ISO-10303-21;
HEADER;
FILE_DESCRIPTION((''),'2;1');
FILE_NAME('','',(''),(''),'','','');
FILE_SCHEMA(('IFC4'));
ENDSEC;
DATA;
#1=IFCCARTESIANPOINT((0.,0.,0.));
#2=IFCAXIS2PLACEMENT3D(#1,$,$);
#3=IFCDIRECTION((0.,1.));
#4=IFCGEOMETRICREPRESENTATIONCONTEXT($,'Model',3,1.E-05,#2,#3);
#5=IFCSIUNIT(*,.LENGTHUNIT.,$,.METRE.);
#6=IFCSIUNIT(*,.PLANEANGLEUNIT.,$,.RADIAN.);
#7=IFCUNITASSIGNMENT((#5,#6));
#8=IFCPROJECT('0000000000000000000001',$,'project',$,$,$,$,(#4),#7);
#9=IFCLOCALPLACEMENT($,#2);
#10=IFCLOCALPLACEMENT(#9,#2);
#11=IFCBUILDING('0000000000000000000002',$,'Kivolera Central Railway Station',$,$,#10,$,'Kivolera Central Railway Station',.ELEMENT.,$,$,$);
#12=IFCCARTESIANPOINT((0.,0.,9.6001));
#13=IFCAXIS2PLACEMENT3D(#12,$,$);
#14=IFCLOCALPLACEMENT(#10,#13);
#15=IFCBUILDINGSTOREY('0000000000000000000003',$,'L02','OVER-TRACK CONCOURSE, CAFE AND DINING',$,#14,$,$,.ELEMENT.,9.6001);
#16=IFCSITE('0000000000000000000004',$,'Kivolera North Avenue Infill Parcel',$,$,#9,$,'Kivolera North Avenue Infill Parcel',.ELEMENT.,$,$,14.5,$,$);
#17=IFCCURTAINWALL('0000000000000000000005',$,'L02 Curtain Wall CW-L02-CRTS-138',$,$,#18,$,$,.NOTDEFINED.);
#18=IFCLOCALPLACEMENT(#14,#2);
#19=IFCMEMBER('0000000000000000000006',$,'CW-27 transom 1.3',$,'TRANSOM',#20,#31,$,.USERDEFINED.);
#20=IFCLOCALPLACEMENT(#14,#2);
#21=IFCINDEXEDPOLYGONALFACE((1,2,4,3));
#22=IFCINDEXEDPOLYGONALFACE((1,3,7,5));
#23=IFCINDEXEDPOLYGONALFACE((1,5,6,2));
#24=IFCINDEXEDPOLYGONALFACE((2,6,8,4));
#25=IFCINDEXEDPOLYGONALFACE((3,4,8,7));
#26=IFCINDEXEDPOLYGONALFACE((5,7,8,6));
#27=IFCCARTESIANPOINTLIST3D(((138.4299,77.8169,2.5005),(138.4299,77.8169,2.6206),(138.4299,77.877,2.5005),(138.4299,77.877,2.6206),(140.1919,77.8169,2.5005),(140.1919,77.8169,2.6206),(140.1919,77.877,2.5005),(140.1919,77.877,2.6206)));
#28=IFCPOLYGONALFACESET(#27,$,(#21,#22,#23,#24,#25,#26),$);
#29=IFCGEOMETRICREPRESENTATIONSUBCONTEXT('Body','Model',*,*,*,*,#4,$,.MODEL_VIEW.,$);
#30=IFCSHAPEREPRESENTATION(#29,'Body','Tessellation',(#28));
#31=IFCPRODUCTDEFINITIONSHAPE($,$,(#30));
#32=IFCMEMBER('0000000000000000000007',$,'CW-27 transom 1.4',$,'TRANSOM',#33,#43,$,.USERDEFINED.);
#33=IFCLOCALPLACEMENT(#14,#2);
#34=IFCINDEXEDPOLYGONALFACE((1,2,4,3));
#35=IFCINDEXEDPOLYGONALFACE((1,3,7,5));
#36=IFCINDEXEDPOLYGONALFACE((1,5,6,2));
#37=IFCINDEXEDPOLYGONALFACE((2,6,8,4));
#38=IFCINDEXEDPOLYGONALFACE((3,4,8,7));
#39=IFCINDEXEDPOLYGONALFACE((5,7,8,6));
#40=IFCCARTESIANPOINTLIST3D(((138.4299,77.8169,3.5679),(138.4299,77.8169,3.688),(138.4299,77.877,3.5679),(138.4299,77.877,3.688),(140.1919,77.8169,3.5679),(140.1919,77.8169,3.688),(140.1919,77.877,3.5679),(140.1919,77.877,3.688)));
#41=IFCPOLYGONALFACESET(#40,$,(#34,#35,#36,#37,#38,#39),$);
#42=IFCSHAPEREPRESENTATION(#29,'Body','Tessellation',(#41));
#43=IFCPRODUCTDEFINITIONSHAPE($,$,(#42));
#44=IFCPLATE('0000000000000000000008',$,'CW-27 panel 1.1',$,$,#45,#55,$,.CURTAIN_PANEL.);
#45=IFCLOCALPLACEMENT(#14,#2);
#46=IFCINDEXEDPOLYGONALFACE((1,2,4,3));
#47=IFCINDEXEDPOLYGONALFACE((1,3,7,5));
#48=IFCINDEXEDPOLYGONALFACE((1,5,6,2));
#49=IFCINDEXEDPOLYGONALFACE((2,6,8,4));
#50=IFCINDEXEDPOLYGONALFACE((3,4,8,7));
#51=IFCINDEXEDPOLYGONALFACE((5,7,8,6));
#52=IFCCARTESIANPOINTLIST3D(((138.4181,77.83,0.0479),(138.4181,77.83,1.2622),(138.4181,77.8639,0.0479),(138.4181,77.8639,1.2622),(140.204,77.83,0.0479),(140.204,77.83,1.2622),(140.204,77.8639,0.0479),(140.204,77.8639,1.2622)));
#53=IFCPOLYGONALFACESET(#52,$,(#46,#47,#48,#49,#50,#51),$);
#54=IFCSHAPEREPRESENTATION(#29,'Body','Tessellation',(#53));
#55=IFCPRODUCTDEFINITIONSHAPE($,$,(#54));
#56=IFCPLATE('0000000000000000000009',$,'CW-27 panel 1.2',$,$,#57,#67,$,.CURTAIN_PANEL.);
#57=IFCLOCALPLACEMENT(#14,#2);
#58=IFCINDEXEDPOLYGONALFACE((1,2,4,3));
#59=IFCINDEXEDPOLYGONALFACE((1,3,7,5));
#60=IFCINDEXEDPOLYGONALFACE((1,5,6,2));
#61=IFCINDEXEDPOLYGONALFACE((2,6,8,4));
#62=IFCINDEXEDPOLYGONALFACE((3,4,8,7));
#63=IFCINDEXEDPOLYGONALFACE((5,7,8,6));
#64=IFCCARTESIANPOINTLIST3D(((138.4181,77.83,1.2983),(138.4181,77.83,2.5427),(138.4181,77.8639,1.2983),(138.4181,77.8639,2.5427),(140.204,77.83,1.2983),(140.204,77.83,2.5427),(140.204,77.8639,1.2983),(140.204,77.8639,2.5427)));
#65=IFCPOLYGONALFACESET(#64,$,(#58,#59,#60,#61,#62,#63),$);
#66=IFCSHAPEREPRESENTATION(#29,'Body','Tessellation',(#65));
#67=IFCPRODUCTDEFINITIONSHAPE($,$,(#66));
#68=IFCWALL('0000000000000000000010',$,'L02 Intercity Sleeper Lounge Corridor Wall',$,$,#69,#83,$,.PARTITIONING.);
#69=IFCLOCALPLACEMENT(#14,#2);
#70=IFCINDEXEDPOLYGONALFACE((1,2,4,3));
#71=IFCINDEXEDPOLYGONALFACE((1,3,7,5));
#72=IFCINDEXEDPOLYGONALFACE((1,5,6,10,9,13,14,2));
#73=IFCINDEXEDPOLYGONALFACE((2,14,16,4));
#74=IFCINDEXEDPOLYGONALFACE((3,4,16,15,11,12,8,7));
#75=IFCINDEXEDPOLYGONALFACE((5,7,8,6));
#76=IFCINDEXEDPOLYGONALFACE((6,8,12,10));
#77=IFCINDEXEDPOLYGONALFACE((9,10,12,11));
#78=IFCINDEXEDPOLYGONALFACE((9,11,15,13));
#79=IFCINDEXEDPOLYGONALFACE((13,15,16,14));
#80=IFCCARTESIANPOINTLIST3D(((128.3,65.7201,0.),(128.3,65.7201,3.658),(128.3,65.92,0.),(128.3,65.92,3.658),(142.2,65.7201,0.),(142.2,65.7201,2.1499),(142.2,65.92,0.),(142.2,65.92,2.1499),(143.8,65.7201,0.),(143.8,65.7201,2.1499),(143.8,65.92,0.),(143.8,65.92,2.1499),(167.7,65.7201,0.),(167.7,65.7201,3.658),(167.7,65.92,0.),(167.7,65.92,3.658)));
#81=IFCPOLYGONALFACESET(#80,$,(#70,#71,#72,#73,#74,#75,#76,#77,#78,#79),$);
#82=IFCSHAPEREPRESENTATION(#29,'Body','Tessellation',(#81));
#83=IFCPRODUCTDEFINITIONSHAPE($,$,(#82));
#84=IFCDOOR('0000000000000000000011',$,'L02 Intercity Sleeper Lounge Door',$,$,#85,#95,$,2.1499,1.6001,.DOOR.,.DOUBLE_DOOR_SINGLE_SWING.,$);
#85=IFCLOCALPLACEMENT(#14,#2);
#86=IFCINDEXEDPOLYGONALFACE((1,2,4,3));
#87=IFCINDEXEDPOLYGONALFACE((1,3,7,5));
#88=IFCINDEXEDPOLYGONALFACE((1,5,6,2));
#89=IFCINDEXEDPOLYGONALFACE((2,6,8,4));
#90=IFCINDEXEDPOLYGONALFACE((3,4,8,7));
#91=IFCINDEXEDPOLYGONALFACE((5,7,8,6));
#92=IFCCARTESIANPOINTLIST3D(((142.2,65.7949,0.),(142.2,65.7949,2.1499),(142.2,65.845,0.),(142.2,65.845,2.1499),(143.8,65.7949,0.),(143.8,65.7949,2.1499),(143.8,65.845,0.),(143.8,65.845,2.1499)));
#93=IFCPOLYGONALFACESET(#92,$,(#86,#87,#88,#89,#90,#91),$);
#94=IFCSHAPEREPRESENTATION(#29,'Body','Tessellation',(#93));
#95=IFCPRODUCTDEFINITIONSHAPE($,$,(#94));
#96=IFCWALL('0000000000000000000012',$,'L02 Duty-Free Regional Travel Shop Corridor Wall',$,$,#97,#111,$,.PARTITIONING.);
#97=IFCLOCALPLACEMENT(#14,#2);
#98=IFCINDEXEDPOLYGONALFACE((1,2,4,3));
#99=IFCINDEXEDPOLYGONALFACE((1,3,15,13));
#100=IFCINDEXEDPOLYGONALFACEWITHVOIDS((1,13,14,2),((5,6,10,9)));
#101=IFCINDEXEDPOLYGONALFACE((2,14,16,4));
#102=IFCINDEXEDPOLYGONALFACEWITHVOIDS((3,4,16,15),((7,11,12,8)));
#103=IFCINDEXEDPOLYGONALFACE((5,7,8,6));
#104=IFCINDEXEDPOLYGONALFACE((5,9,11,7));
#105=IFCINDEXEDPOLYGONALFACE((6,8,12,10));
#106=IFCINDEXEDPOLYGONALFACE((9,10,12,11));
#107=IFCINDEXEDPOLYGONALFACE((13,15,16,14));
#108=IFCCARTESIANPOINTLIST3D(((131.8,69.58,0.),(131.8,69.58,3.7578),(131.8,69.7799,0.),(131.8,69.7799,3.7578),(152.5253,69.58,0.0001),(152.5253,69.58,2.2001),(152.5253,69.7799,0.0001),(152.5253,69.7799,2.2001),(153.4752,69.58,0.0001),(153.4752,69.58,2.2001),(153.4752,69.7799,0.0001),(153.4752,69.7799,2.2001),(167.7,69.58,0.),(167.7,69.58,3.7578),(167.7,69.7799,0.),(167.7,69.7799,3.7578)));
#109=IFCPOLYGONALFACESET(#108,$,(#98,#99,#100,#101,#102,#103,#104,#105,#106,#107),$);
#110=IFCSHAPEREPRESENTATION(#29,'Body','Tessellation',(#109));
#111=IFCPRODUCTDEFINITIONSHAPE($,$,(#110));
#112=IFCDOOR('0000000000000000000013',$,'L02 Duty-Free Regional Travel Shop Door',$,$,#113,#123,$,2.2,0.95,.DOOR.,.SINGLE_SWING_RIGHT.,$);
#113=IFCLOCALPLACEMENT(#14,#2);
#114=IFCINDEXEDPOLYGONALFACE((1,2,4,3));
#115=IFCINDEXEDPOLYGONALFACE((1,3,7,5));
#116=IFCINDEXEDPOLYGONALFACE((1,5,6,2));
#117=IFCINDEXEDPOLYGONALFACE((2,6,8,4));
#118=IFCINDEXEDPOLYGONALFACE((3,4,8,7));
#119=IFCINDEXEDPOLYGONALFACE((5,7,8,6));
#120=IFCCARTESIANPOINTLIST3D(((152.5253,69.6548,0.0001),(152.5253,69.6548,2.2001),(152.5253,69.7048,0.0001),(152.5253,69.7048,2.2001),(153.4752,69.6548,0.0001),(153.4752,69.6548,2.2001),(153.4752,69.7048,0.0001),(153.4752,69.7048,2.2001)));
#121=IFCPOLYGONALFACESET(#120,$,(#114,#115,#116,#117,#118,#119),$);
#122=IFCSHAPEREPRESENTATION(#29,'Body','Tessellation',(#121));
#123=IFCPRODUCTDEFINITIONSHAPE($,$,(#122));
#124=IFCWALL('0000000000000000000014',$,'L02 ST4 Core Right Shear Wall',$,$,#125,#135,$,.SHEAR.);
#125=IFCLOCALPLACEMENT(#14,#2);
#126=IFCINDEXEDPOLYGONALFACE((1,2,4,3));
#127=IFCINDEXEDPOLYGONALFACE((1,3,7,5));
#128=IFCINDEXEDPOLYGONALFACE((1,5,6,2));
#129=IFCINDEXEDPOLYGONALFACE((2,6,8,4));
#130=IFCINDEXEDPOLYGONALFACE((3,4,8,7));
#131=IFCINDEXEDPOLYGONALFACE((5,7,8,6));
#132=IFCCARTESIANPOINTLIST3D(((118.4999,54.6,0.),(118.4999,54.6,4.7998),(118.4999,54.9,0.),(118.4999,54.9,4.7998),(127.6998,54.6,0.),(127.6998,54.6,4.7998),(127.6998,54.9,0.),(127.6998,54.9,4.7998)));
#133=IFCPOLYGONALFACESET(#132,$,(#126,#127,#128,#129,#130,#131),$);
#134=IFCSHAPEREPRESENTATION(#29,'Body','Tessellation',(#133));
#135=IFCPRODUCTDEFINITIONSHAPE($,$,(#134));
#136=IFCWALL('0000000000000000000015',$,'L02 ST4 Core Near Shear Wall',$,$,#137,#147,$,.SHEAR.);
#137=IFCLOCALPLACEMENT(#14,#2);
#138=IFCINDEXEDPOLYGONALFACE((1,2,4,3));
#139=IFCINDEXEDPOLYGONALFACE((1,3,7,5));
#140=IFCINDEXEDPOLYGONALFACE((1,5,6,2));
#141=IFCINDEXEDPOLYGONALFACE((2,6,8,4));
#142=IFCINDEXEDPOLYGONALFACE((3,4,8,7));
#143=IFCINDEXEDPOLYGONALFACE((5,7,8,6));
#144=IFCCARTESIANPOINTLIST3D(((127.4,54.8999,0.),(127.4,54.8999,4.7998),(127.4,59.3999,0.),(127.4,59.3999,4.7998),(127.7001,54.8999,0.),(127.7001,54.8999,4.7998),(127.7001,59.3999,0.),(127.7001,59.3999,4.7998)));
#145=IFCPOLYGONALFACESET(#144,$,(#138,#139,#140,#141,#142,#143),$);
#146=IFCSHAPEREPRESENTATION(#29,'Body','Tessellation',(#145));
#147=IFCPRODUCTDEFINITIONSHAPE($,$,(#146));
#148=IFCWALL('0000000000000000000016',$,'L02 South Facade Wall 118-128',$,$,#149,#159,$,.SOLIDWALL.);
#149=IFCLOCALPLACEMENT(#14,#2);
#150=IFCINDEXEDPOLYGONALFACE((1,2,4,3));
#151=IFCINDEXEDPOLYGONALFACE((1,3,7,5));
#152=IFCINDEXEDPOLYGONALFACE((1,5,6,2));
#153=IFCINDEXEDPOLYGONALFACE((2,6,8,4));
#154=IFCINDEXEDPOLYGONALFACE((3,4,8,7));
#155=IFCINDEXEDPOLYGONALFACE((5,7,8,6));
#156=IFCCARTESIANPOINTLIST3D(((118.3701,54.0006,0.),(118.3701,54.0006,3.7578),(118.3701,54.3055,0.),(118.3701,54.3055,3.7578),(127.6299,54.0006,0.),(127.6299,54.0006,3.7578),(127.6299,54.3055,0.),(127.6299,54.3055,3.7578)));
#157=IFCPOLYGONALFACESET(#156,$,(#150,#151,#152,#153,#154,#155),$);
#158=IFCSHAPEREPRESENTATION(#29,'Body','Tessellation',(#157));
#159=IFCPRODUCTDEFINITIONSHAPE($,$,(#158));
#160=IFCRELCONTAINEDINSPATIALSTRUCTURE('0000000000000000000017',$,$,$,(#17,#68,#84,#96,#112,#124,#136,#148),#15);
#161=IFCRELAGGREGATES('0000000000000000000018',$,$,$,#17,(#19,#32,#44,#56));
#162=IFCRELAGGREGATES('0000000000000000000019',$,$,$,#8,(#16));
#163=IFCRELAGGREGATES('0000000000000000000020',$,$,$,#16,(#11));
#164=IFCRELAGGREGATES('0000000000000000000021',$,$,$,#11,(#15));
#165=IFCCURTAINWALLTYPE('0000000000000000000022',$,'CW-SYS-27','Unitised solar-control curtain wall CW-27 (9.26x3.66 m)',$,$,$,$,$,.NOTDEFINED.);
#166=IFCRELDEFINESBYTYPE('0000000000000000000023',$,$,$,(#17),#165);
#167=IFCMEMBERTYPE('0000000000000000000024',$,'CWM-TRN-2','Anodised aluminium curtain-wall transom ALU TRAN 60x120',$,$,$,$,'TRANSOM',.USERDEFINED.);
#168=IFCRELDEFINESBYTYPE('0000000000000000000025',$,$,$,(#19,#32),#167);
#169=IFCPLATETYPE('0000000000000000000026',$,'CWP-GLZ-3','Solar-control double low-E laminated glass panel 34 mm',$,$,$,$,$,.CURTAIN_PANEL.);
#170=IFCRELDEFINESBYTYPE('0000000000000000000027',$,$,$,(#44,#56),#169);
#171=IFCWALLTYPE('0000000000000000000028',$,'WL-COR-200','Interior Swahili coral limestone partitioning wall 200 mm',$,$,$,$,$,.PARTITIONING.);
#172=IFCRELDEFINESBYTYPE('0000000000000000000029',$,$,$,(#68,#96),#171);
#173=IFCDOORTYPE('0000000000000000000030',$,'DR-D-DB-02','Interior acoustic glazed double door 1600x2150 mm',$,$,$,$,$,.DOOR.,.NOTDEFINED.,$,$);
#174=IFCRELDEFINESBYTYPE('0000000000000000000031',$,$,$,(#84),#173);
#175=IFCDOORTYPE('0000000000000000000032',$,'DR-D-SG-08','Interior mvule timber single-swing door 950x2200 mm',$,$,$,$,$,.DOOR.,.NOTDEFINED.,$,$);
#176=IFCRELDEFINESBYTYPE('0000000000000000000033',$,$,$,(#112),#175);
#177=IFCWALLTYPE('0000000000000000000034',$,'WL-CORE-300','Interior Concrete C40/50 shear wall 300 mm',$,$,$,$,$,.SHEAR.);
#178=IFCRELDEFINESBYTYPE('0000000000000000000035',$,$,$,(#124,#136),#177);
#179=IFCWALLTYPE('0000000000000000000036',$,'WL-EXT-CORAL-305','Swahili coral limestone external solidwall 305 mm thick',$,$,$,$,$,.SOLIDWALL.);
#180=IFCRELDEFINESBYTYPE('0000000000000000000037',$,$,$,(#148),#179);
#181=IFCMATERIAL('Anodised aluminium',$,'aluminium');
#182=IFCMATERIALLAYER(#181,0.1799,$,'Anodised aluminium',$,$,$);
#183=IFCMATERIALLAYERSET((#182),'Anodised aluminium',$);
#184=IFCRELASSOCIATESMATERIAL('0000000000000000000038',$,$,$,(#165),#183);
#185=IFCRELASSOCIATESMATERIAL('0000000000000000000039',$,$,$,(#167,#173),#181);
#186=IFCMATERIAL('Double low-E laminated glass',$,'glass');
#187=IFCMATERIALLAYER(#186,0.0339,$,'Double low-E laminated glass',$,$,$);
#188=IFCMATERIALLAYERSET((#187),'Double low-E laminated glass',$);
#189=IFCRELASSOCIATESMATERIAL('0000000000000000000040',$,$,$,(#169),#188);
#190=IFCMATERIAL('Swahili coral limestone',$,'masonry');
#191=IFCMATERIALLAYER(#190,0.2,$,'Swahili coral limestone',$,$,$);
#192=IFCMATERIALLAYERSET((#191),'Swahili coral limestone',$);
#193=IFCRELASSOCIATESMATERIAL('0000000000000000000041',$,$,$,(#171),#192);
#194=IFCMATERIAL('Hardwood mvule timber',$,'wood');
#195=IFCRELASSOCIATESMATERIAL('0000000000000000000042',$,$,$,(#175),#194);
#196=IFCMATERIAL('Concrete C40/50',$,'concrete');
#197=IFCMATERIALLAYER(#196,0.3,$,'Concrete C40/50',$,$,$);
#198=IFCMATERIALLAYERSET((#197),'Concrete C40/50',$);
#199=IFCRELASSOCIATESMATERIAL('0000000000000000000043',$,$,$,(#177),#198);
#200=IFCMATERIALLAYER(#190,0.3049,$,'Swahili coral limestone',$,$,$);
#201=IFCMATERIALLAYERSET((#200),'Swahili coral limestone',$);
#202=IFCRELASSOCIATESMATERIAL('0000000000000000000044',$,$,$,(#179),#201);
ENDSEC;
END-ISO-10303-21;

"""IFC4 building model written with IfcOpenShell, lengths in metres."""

from ifc_helpers import new_model, si_unit, direction, frame, frame_2d, origin, origin_2d, place, context, subcontext, project, spatial, rectangle, extrude, material, layer, layer_set, material_profile, profile_set, type_object, element, fill, aggregate, save


model = new_model("IFC4")

# Units and contexts
model_context = context("Model", 3, precision=1e-05, world=origin(), true_north=direction((0.0, 1.0)))
body_context = subcontext(model_context, "Body", "Model", "MODEL_VIEW")
ifc_project = project(units=[si_unit("LENGTHUNIT", "METRE"), si_unit("PLANEANGLEUNIT", "RADIAN")], contexts=[model_context])

# Site, building, storey
site_placement = place(None, origin())
site = spatial("IfcSite", under=ifc_project, at=site_placement, Name="Kivolera North Avenue Infill Parcel", LongName="Kivolera North Avenue Infill Parcel", CompositionType="ELEMENT", RefElevation=14.5)
building_placement = place(site_placement, origin())
building = spatial("IfcBuilding", under=site, at=building_placement, Name="Kivolera Central Railway Station", LongName="Kivolera Central Railway Station", CompositionType="ELEMENT")
storey_placement = place(building_placement, frame((0.0, 0.0, 9.6001)))
storey = spatial("IfcBuildingStorey", under=building, at=storey_placement, Name="L02", Description="OVER-TRACK CONCOURSE, CAFE AND DINING", CompositionType="ELEMENT", Elevation=9.6001)

# Shared definitions
ifc_material_1 = material(Name="Concrete C40/50", Category="concrete")

# Curtain wall, members, plates
ifc_material_2 = material(Name="Anodised aluminium", Category="aluminium")
ifc_layer_1 = layer(ifc_material_2, 0.1799, Name="Anodised aluminium")
ifc_layer_set_1 = layer_set([ifc_layer_1], Name="Anodised aluminium")
curtain_wall_type = type_object("IfcCurtainWallType", Name="CW-SYS-27", Description="Unitised solar-control curtain wall CW-27 (9.26x3.66 m)", PredefinedType="NOTDEFINED", material=ifc_layer_set_1)
curtain_wall_placement = place(storey_placement, origin())
curtain_wall = element("IfcCurtainWall", 1, at=curtain_wall_placement, inside=storey, type_object=curtain_wall_type, Name="L02 Curtain Wall CW-L02-CRTS-138", PredefinedType="NOTDEFINED")
ifc_material_profile_1 = material_profile(ifc_material_2, rectangle(XDim=0.0601, YDim=0.1201, at=origin_2d()), Name="ALU TRAN 60x120")
ifc_profile_set_1 = profile_set([ifc_material_profile_1], Name="Anodised aluminium")
member_type_1 = type_object("IfcMemberType", Name="CWM-TRN-2", Description="Anodised aluminium curtain-wall transom ALU TRAN 60x120", ElementType="TRANSOM", PredefinedType="USERDEFINED", material=ifc_profile_set_1)
member_1_placement = place(storey_placement, frame((138.4299, 77.8469, 2.5605), z_axis=(1.0, 0.0, 0.0), x_axis=(0.0, 1.0, 0.0)))
member_1 = element("IfcMember", 2, at=member_1_placement, type_object=member_type_1, Name="CW-27 transom 1.3", ObjectType="TRANSOM", PredefinedType="USERDEFINED", context=body_context, shape_type="SweptSolid", body=[
    extrude(rectangle(XDim=0.0601, YDim=0.1201, at=origin_2d()), origin(), (0.0, 0.0, 1.0), 1.762),
])
member_2_placement = place(storey_placement, frame((138.4299, 77.8469, 3.6279), z_axis=(1.0, 0.0, 0.0), x_axis=(0.0, 1.0, 0.0)))
member_2 = element("IfcMember", 3, at=member_2_placement, type_object=member_type_1, Name="CW-27 transom 1.4", ObjectType="TRANSOM", PredefinedType="USERDEFINED", context=body_context, shape_type="SweptSolid", body=[
    extrude(rectangle(XDim=0.0601, YDim=0.1201, at=origin_2d()), origin(), (0.0, 0.0, 1.0), 1.762),
])
ifc_material_3 = material(Name="Double low-E laminated glass", Category="glass")
ifc_layer_2 = layer(ifc_material_3, 0.0339, Name="Double low-E laminated glass")
ifc_layer_set_2 = layer_set([ifc_layer_2], Name="Double low-E laminated glass")
plate_type = type_object("IfcPlateType", Name="CWP-GLZ-3", Description="Solar-control double low-E laminated glass panel 34 mm", PredefinedType="CURTAIN_PANEL", material=ifc_layer_set_2)
plate_1_placement = place(storey_placement, frame((139.311, 77.8469, 0.0479), z_axis=(0.0, 0.0, 1.0), x_axis=(1.0, 0.0, 0.0)))
plate_1 = element("IfcPlate", 4, at=plate_1_placement, type_object=plate_type, Name="CW-27 panel 1.1", PredefinedType="CURTAIN_PANEL", context=body_context, shape_type="SweptSolid", body=[
    extrude(rectangle(XDim=1.7859, YDim=0.0339, at=origin_2d()), origin(), (0.0, 0.0, 1.0), 1.2144),
])
plate_2_placement = place(storey_placement, frame((139.311, 77.8469, 1.2983), z_axis=(0.0, 0.0, 1.0), x_axis=(1.0, 0.0, 0.0)))
plate_2 = element("IfcPlate", 5, at=plate_2_placement, type_object=plate_type, Name="CW-27 panel 1.2", PredefinedType="CURTAIN_PANEL", context=body_context, shape_type="SweptSolid", body=[
    extrude(rectangle(XDim=1.7859, YDim=0.0339, at=origin_2d()), origin(), (0.0, 0.0, 1.0), 1.2444),
])
aggregate(curtain_wall, [member_1, member_2, plate_1, plate_2])

# Walls, openings, doors
ifc_material_4 = material(Name="Swahili coral limestone", Category="masonry")
ifc_layer_3 = layer(ifc_material_4, 0.2, Name="Swahili coral limestone")
ifc_layer_set_3 = layer_set([ifc_layer_3], Name="Swahili coral limestone")
wall_type_1 = type_object("IfcWallType", Name="WL-COR-200", Description="Interior Swahili coral limestone partitioning wall 200 mm", PredefinedType="PARTITIONING", material=ifc_layer_set_3)
wall_1_placement = place(storey_placement, frame((128.3, 65.8201, 0.0), z_axis=(0.0, 0.0, 1.0), x_axis=(1.0, 0.0, 0.0)))
wall_1 = element("IfcWall", 6, at=wall_1_placement, inside=storey, type_object=wall_type_1, Name="L02 Intercity Sleeper Lounge Corridor Wall", PredefinedType="PARTITIONING", context=body_context, shape_type="SweptSolid", body=[
    extrude(rectangle(XDim=39.3999, YDim=0.2, at=frame_2d((19.7, 0.0))), origin(), (0.0, 0.0, 1.0), 3.658),
])
opening_1_placement = place(wall_1_placement, frame((13.8999, 0.0, 0.0)))
opening_1 = element("IfcOpeningElement", 7, at=opening_1_placement, cuts=wall_1, PredefinedType="OPENING", context=body_context, shape_type="SweptSolid", body=[
    extrude(rectangle(XDim=1.6001, YDim=2.1499, at=frame_2d((0.8, 1.075))), frame((0.0, 0.1099, 0.0), z_axis=(0.0, -1.0, 0.0), x_axis=(1.0, 0.0, 0.0)), (0.0, 0.0, 1.0), 0.22),
])
door_type_1 = type_object("IfcDoorType", Name="DR-D-DB-02", Description="Interior acoustic glazed double door 1600x2150 mm", OperationType="NOTDEFINED", PredefinedType="DOOR", material=ifc_material_2)
door_1_placement = place(opening_1_placement, origin())
door_1 = element("IfcDoor", 8, at=door_1_placement, inside=storey, type_object=door_type_1, Name="L02 Intercity Sleeper Lounge Door", OperationType="DOUBLE_DOOR_SINGLE_SWING", OverallHeight=2.1499, OverallWidth=1.6001, PredefinedType="DOOR", context=body_context, shape_type="SweptSolid", body=[
    extrude(rectangle(XDim=1.6001, YDim=2.1499, at=frame_2d((0.8, 1.075))), frame((0.0, 0.0249, 0.0), z_axis=(0.0, -1.0, 0.0), x_axis=(1.0, 0.0, 0.0)), (0.0, 0.0, 1.0), 0.05),
])
fill(opening_1, door_1)
wall_2_placement = place(storey_placement, frame((131.8, 69.6799, 0.0), z_axis=(0.0, 0.0, 1.0), x_axis=(1.0, 0.0, 0.0)))
wall_2 = element("IfcWall", 9, at=wall_2_placement, inside=storey, type_object=wall_type_1, Name="L02 Duty-Free Regional Travel Shop Corridor Wall", PredefinedType="PARTITIONING", context=body_context, shape_type="SweptSolid", body=[
    extrude(rectangle(XDim=35.8999, YDim=0.2, at=frame_2d((17.95, 0.0))), origin(), (0.0, 0.0, 1.0), 3.7578),
])
opening_2_placement = place(wall_2_placement, frame((20.7251, 0.0, 0.0)))
opening_2 = element("IfcOpeningElement", 10, at=opening_2_placement, cuts=wall_2, PredefinedType="OPENING", context=body_context, shape_type="SweptSolid", body=[
    extrude(rectangle(XDim=0.95, YDim=2.2, at=frame_2d((0.4751, 1.1001))), frame((0.0, 0.1099, 0.0), z_axis=(0.0, -1.0, 0.0), x_axis=(1.0, 0.0, 0.0)), (0.0, 0.0, 1.0), 0.22),
])
ifc_material_5 = material(Name="Hardwood mvule timber", Category="wood")
door_type_2 = type_object("IfcDoorType", Name="DR-D-SG-08", Description="Interior mvule timber single-swing door 950x2200 mm", OperationType="NOTDEFINED", PredefinedType="DOOR", material=ifc_material_5)
door_2_placement = place(opening_2_placement, origin())
door_2 = element("IfcDoor", 11, at=door_2_placement, inside=storey, type_object=door_type_2, Name="L02 Duty-Free Regional Travel Shop Door", OperationType="SINGLE_SWING_RIGHT", OverallHeight=2.2, OverallWidth=0.95, PredefinedType="DOOR", context=body_context, shape_type="SweptSolid", body=[
    extrude(rectangle(XDim=0.95, YDim=2.2, at=frame_2d((0.4751, 1.1001))), frame((0.0, 0.0249, 0.0), z_axis=(0.0, -1.0, 0.0), x_axis=(1.0, 0.0, 0.0)), (0.0, 0.0, 1.0), 0.05),
])
fill(opening_2, door_2)

# Walls
ifc_layer_4 = layer(ifc_material_1, 0.3, Name="Concrete C40/50")
ifc_layer_set_4 = layer_set([ifc_layer_4], Name="Concrete C40/50")
wall_type_2 = type_object("IfcWallType", Name="WL-CORE-300", Description="Interior Concrete C40/50 shear wall 300 mm", PredefinedType="SHEAR", material=ifc_layer_set_4)
wall_3_placement = place(storey_placement, frame((127.7, 54.75, 0.0), z_axis=(0.0, 0.0, 1.0), x_axis=(-1.0, 0.0, 0.0)))
element("IfcWall", 12, at=wall_3_placement, inside=storey, type_object=wall_type_2, Name="L02 ST4 Core Right Shear Wall", PredefinedType="SHEAR", context=body_context, shape_type="SweptSolid", body=[
    extrude(rectangle(XDim=9.2, YDim=0.3, at=frame_2d((4.6001, 0.0))), origin(), (0.0, 0.0, 1.0), 4.7998),
])
wall_4_placement = place(storey_placement, frame((127.55, 59.3999, 0.0), z_axis=(0.0, 0.0, 1.0), x_axis=(0.0, -1.0, 0.0)))
element("IfcWall", 13, at=wall_4_placement, inside=storey, type_object=wall_type_2, Name="L02 ST4 Core Near Shear Wall", PredefinedType="SHEAR", context=body_context, shape_type="SweptSolid", body=[
    extrude(rectangle(XDim=4.5, YDim=0.3, at=frame_2d((2.25, 0.0))), origin(), (0.0, 0.0, 1.0), 4.7998),
])
ifc_layer_5 = layer(ifc_material_4, 0.3049, Name="Swahili coral limestone")
ifc_layer_set_5 = layer_set([ifc_layer_5], Name="Swahili coral limestone")
wall_type_3 = type_object("IfcWallType", Name="WL-EXT-CORAL-305", Description="Swahili coral limestone external solidwall 305 mm thick", PredefinedType="SOLIDWALL", material=ifc_layer_set_5)
wall_5_placement = place(storey_placement, frame((127.6299, 54.1531, 0.0), z_axis=(0.0, 0.0, 1.0), x_axis=(-1.0, 0.0, 0.0)))
element("IfcWall", 14, at=wall_5_placement, inside=storey, type_object=wall_type_3, Name="L02 South Facade Wall 118-128", PredefinedType="SOLIDWALL", context=body_context, shape_type="SweptSolid", body=[
    extrude(rectangle(XDim=9.2598, YDim=0.3049, at=frame_2d((4.6299, 0.0))), origin(), (0.0, 0.0, 1.0), 3.7578),
])

save(model, "model.ifc")
